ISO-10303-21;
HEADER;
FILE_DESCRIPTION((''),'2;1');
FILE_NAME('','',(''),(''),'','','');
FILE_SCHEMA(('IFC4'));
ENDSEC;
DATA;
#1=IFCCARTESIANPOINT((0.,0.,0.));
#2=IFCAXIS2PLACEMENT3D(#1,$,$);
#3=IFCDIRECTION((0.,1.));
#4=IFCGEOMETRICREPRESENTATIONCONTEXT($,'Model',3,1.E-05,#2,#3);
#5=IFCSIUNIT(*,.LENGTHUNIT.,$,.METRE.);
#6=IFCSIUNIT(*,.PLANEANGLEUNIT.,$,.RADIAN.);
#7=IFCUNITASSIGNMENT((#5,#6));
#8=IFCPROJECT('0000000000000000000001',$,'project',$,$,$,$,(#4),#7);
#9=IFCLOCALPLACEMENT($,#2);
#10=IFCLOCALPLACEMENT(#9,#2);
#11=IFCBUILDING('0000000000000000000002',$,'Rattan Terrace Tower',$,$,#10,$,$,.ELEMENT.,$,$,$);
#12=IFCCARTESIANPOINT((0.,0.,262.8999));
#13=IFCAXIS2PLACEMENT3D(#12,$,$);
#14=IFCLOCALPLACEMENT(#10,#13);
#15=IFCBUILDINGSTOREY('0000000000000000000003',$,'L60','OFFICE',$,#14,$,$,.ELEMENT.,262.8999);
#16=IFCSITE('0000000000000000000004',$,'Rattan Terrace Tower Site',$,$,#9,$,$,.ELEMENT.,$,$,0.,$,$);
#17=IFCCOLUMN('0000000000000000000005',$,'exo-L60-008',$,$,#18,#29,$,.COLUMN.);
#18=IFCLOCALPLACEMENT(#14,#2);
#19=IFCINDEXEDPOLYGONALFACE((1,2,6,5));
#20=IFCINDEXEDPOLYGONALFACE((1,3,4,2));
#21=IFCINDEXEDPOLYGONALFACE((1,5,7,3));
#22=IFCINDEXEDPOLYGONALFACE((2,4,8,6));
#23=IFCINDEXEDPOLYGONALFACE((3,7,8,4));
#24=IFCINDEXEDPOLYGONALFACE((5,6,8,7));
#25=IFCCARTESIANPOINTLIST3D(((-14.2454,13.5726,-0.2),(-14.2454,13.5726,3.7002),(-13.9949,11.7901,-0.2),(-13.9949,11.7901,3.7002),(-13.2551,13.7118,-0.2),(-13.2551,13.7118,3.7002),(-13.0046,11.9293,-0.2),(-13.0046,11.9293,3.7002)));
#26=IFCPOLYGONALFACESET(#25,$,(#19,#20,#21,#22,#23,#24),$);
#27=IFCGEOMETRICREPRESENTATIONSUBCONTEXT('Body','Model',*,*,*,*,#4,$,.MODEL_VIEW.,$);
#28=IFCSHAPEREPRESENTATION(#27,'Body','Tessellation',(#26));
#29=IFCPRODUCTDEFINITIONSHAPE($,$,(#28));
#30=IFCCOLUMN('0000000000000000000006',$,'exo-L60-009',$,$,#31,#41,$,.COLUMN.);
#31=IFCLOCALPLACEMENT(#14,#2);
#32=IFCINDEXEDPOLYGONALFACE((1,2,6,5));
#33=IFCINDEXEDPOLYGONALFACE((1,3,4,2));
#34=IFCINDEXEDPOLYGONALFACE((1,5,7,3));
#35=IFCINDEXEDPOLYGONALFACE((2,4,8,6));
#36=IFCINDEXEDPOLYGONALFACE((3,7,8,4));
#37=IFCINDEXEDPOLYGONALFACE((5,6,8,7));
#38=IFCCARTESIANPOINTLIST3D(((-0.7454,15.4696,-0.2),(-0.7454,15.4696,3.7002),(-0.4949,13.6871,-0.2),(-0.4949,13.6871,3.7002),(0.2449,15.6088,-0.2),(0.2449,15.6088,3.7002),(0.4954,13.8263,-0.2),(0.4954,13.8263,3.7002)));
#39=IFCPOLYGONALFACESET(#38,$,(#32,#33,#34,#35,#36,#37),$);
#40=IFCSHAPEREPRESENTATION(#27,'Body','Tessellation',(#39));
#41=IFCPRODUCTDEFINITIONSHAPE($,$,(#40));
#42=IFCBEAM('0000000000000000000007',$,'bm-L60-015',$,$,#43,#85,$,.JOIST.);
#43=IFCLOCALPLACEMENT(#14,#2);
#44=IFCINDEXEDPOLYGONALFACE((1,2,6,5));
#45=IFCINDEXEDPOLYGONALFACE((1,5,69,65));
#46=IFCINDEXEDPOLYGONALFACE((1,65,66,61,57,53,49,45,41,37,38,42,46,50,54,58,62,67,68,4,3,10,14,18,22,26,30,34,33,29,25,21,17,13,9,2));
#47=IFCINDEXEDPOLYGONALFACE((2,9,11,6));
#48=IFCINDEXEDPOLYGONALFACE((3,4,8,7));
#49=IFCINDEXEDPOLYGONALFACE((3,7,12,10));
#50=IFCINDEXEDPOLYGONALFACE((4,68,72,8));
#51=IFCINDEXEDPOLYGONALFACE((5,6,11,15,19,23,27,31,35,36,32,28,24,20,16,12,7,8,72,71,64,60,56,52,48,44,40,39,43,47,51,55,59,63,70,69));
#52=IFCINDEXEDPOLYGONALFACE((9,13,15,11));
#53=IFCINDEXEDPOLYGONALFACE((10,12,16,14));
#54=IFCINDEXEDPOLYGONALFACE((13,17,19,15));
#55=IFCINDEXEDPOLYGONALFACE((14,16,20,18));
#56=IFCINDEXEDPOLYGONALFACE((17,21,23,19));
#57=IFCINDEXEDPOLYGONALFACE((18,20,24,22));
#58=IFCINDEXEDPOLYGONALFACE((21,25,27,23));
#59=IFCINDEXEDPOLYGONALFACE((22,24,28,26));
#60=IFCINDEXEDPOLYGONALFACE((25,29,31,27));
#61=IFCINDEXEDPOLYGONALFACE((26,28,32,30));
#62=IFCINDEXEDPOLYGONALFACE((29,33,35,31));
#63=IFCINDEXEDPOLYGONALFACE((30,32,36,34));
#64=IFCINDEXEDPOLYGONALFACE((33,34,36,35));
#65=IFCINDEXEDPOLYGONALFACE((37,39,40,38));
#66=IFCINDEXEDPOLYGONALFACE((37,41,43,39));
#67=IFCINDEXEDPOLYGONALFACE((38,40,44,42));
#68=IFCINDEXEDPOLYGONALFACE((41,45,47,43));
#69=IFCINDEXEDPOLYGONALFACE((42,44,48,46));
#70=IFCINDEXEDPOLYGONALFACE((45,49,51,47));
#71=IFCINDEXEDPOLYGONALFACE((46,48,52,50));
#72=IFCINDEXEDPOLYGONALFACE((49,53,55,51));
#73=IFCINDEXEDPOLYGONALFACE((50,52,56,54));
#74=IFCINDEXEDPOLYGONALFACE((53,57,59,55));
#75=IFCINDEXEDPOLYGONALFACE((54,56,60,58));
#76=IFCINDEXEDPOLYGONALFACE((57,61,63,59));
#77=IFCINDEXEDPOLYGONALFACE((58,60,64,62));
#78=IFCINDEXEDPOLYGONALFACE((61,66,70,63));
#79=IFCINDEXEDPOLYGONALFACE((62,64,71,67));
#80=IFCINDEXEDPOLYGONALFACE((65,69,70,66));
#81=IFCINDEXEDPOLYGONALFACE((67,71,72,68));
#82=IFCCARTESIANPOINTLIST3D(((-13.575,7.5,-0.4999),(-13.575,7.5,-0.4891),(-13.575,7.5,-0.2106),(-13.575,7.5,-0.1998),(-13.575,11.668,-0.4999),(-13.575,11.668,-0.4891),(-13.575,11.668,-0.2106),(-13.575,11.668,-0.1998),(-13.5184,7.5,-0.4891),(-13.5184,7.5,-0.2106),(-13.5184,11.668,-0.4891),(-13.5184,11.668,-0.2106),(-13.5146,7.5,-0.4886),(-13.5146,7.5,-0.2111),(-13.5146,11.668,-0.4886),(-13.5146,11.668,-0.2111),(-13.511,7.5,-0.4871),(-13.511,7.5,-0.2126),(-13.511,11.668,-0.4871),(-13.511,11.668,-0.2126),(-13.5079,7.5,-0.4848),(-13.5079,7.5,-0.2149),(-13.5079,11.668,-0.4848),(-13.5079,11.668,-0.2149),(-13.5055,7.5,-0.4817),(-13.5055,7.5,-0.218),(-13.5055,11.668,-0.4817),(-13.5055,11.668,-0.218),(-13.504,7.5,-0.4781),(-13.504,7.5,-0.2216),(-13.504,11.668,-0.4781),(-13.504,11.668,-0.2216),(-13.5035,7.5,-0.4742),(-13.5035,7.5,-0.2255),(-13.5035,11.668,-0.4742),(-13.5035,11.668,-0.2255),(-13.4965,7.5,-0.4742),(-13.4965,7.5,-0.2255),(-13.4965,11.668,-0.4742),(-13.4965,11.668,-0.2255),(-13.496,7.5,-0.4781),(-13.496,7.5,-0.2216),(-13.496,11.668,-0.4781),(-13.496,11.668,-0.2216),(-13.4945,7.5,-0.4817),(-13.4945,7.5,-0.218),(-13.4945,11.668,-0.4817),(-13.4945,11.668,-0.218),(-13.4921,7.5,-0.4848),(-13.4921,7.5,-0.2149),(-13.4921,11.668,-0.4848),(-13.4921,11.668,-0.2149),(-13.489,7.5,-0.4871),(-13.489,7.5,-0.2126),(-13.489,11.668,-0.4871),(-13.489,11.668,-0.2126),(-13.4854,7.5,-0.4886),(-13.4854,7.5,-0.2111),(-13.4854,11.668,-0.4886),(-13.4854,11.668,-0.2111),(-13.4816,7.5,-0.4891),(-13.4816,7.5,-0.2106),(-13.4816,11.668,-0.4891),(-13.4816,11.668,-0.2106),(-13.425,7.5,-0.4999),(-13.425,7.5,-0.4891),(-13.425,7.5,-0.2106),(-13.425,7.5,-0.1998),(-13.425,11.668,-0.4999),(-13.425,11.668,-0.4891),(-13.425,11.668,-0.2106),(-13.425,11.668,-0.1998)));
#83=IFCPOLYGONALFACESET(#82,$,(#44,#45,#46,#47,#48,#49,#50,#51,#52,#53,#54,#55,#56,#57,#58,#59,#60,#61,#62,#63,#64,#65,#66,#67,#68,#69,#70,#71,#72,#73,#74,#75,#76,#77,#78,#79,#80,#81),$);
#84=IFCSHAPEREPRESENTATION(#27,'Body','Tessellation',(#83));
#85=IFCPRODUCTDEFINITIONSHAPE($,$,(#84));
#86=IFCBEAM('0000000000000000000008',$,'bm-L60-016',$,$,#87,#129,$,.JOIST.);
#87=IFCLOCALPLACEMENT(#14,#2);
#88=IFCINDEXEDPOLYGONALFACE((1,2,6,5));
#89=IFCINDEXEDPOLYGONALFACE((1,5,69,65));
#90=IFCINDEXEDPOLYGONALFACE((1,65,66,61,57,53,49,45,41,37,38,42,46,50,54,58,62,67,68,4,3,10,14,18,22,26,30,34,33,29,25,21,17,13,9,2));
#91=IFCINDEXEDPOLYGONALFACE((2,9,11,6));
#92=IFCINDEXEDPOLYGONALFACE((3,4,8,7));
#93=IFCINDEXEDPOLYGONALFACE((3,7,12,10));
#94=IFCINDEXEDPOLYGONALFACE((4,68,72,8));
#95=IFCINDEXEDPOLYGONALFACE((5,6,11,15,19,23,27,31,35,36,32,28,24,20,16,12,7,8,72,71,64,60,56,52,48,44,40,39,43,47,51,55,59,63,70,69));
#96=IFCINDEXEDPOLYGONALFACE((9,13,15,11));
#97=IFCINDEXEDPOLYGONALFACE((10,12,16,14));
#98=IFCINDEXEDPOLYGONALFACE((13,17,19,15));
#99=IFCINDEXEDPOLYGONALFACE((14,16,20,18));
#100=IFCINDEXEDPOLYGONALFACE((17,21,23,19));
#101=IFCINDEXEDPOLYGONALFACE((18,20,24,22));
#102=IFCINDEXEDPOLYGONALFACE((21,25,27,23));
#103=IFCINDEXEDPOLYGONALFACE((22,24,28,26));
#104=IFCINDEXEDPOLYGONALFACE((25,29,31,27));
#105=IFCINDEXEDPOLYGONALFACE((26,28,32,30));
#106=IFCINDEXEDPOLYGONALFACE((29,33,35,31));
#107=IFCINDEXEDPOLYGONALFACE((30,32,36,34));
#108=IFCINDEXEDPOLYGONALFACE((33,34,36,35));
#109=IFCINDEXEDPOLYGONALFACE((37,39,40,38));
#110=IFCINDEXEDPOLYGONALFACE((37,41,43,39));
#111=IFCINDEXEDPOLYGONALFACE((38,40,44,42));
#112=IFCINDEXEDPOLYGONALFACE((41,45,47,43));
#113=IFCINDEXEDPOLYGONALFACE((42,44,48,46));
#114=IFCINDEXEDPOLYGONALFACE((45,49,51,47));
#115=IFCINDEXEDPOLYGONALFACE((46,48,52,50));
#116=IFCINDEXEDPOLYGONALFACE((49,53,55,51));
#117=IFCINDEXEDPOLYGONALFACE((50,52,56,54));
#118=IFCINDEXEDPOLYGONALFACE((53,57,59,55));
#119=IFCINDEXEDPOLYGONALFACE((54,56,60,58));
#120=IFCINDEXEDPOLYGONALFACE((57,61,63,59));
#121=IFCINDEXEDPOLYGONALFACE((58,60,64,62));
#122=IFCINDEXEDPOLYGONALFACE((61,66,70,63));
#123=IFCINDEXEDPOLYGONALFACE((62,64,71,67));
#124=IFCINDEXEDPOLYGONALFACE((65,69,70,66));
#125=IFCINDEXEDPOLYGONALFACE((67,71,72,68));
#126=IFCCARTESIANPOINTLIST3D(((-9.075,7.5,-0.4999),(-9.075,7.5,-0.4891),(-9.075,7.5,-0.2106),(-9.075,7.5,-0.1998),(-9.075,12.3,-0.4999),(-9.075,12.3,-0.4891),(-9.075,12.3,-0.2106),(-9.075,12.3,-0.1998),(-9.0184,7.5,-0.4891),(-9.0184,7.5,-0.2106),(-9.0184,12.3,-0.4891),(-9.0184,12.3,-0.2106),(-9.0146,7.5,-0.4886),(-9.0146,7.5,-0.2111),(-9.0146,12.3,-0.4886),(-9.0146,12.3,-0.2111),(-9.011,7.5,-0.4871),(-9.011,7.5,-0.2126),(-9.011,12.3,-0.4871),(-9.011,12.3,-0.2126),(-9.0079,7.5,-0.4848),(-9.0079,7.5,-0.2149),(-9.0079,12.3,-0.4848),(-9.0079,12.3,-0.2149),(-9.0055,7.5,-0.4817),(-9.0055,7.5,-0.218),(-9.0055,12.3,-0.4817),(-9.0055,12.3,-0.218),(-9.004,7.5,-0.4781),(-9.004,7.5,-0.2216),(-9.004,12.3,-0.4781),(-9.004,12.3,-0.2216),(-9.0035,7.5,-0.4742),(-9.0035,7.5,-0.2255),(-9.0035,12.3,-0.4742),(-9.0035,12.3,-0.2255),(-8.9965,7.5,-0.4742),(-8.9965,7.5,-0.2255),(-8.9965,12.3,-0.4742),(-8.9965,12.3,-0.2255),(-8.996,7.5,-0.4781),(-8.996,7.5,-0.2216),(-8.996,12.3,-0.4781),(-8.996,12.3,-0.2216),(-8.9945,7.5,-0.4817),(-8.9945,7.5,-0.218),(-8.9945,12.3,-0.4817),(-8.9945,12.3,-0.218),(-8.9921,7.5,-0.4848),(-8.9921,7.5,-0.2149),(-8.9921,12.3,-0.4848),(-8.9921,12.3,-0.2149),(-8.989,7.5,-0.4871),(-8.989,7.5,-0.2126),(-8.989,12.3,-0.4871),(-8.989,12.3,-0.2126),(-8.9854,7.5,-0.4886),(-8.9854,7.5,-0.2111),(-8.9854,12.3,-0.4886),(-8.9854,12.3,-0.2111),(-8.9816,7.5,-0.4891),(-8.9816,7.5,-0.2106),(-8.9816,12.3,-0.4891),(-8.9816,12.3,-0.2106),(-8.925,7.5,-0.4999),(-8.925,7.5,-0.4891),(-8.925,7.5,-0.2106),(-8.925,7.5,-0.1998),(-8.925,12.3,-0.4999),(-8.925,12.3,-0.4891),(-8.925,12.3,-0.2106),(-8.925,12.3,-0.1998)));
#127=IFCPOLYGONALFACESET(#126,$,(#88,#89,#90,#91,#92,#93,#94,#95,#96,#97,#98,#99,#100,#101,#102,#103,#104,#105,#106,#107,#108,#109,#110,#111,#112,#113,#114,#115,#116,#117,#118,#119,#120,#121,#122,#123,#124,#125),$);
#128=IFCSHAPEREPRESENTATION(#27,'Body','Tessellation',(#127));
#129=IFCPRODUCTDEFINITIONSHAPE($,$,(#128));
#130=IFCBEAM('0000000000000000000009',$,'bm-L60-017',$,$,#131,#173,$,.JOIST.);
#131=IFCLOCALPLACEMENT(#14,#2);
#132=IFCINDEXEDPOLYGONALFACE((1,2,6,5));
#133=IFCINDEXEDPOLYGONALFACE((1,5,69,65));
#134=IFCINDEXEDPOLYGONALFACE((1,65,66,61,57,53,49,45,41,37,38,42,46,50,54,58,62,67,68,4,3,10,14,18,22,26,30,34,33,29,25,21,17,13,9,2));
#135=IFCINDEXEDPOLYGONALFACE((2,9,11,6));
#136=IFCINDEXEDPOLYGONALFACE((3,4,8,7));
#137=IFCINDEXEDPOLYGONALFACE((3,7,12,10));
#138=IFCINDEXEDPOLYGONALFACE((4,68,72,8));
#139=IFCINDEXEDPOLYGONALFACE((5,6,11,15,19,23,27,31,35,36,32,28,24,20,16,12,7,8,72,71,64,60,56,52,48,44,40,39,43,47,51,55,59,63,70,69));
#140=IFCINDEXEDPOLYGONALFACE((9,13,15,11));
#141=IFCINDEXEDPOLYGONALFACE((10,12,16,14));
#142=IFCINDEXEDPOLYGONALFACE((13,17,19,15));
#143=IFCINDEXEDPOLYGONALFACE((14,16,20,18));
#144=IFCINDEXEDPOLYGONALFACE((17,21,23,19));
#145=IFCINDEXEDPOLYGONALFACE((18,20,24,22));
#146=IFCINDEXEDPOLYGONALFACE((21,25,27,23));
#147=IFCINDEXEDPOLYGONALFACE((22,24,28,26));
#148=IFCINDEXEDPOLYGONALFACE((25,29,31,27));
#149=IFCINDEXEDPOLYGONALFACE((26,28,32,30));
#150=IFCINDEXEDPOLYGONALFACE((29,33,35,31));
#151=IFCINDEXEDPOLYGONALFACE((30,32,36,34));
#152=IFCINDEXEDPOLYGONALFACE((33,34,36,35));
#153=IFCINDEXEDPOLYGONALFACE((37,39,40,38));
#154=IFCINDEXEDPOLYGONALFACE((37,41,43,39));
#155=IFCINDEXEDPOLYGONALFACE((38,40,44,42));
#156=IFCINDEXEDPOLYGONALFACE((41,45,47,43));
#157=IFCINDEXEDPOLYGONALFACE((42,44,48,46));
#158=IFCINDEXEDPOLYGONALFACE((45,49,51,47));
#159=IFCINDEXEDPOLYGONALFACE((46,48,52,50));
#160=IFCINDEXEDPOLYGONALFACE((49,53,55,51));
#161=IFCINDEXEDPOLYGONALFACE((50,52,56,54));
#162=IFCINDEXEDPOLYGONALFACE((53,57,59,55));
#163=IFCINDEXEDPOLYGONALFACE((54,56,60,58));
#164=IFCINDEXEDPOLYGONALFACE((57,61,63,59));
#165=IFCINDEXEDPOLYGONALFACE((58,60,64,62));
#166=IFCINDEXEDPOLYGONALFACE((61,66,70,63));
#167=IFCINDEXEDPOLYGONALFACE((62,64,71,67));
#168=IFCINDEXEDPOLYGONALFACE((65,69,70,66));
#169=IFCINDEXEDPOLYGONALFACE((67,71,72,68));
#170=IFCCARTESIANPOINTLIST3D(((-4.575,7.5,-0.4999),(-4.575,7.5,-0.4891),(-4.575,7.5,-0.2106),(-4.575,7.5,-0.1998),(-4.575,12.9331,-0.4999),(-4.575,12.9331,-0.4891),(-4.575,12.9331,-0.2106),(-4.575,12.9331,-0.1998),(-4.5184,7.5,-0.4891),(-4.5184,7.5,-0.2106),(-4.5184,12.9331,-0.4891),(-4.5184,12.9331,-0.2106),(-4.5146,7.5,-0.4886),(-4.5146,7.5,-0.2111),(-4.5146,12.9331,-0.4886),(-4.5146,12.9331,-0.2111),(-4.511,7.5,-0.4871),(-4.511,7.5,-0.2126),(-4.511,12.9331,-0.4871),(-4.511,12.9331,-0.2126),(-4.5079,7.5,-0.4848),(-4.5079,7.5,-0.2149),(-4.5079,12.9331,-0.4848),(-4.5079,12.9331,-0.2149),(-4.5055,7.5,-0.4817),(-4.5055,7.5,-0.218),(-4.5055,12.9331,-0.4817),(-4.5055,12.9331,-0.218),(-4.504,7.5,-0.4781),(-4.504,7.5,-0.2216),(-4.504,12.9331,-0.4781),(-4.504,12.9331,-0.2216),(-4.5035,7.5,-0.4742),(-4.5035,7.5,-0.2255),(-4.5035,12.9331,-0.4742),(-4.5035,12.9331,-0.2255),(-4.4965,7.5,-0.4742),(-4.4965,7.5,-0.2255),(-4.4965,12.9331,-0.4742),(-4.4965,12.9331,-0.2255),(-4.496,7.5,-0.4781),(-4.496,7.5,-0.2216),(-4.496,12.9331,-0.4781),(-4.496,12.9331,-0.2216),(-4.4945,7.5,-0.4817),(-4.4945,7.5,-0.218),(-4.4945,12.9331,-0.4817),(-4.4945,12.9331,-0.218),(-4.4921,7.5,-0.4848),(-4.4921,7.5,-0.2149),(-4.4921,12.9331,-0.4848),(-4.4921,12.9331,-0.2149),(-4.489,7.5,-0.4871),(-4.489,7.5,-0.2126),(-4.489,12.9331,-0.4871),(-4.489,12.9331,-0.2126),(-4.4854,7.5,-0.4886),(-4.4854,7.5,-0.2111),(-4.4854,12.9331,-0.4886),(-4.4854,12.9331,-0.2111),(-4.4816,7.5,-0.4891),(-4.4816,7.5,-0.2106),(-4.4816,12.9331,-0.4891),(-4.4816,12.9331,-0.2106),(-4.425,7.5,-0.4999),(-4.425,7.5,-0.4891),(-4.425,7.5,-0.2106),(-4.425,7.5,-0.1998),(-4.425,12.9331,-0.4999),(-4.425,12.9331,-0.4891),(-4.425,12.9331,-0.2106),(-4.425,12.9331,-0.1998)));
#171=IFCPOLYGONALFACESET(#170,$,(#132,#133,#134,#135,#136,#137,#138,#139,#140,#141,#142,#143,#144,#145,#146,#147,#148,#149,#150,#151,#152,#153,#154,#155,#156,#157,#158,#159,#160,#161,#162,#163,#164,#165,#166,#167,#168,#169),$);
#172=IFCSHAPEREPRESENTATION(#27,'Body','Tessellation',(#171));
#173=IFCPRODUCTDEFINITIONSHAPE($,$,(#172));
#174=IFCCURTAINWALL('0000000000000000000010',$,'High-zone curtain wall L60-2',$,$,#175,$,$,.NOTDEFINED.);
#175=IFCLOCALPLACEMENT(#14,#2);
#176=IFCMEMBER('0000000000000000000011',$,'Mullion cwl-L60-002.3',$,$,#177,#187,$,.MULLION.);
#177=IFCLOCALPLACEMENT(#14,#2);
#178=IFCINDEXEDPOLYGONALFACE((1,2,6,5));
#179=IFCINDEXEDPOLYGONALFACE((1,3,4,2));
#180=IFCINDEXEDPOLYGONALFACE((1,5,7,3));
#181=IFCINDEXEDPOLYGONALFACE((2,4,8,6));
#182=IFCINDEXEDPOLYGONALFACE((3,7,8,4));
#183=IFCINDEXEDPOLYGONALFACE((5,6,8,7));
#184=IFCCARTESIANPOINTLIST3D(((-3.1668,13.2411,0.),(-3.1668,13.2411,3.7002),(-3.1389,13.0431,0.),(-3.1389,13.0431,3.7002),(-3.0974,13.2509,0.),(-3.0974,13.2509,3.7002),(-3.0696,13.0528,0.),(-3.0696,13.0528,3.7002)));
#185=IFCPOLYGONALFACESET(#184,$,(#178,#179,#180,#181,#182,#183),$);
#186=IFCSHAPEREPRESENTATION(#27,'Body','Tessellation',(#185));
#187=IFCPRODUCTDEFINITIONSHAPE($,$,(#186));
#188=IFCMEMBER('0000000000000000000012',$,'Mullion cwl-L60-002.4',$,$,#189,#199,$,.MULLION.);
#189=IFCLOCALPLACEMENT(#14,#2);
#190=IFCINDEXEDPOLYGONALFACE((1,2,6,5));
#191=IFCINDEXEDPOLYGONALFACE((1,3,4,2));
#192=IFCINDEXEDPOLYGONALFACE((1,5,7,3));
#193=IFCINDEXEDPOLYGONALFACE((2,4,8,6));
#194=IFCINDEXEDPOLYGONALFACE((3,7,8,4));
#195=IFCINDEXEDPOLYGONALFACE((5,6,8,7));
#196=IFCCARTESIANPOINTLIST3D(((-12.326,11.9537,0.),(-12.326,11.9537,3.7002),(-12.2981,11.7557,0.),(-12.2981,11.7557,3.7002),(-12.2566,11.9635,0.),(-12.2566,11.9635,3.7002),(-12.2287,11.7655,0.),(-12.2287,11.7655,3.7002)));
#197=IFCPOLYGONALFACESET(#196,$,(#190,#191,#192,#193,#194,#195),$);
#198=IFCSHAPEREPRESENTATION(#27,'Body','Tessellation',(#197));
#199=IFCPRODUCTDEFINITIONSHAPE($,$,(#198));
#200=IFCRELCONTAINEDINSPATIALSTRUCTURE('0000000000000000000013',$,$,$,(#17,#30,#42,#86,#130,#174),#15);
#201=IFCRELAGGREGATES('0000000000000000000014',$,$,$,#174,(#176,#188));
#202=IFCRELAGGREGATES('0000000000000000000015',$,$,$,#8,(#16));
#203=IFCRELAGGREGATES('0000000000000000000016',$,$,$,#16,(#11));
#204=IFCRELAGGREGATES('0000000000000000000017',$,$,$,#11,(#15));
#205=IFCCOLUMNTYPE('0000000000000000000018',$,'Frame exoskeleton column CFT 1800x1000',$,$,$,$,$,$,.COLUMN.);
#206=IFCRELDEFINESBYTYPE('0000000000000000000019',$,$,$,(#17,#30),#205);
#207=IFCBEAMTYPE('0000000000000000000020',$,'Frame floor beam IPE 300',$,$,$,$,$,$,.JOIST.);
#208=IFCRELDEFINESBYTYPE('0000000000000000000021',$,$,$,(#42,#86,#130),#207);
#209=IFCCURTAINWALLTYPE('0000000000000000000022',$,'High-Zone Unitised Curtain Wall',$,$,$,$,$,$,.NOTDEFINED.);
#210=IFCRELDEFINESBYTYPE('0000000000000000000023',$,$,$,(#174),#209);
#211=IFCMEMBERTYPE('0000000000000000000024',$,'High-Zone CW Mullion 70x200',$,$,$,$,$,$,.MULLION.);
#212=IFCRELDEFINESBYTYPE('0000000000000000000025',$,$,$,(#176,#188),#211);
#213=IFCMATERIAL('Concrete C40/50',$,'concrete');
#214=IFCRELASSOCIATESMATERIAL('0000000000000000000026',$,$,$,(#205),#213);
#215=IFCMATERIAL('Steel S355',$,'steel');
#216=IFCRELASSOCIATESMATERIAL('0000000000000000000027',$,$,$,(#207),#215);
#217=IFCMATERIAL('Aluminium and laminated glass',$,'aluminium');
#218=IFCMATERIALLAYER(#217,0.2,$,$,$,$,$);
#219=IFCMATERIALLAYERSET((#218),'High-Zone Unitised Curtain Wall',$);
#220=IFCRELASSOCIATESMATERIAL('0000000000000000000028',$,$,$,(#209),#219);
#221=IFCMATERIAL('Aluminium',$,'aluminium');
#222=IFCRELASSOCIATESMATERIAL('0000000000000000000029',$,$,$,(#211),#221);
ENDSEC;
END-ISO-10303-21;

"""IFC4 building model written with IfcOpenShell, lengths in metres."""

from ifc_helpers import new_model, si_unit, direction, frame, origin, origin_2d, place, context, subcontext, project, spatial, rectangle, i_section, extrude, material, layer, layer_set, material_profile, profile_set, type_object, element, aggregate, save


model = new_model("IFC4")

# Units and contexts
model_context = context("Model", 3, precision=1e-05, world=origin(), true_north=direction((0.0, 1.0)))
body_context = subcontext(model_context, "Body", "Model", "MODEL_VIEW")
ifc_project = project(units=[si_unit("LENGTHUNIT", "METRE"), si_unit("PLANEANGLEUNIT", "RADIAN")], contexts=[model_context])

# Site, building, storey
site_placement = place(None, origin())
site = spatial("IfcSite", under=ifc_project, at=site_placement, Name="Rattan Terrace Tower Site", CompositionType="ELEMENT", RefElevation=0.0)
building_placement = place(site_placement, origin())
building = spatial("IfcBuilding", under=site, at=building_placement, Name="Rattan Terrace Tower", CompositionType="ELEMENT")
storey_placement = place(building_placement, frame((0.0, 0.0, 262.8999)))
storey = spatial("IfcBuildingStorey", under=building, at=storey_placement, Name="L60", Description="OFFICE", CompositionType="ELEMENT", Elevation=262.8999)

# Columns
ifc_material_1 = material(Name="Concrete C40/50", Category="concrete")
ifc_material_profile_1 = material_profile(ifc_material_1, rectangle(XDim=1.0, YDim=1.8, at=origin_2d()), Name="CFT 1800x1000")
ifc_profile_set_1 = profile_set([ifc_material_profile_1], Name="Concrete C40/50")
column_type = type_object("IfcColumnType", Name="Frame exoskeleton column CFT 1800x1000", PredefinedType="COLUMN", material=ifc_profile_set_1)
for number, where, z_axis, x_axis, name in (
    (1, (-13.625, 12.751, -0.2), (0.0, 0.0, 1.0), (0.990266, 0.13919, 0.0), "exo-L60-008"),
    (2, (-0.125, 14.6479, -0.2), (0.0, 0.0, 1.0), (0.990266, 0.13919, 0.0), "exo-L60-009"),
):
    element("IfcColumn", number, at=place(storey_placement, frame(where, z_axis=z_axis, x_axis=x_axis)), inside=storey, type_object=column_type, Name=name, PredefinedType="COLUMN", context=body_context, shape_type="SweptSolid", body=[
        extrude(rectangle(XDim=1.0, YDim=1.8, at=origin_2d()), origin(), (0.0, 0.0, 1.0), 3.9001),
    ])

# Beams
ifc_material_2 = material(Name="Steel S355", Category="steel")
ifc_material_profile_2 = material_profile(ifc_material_2, i_section(OverallWidth=0.1499, OverallDepth=0.3, WebThickness=0.0071, FlangeThickness=0.0107, FilletRadius=0.0149, at=origin_2d()), Name="IPE 300")
ifc_profile_set_2 = profile_set([ifc_material_profile_2], Name="Steel S355")
beam_type = type_object("IfcBeamType", Name="Frame floor beam IPE 300", PredefinedType="JOIST", material=ifc_profile_set_2)
beam_1_placement = place(storey_placement, frame((-13.5, 7.5, -0.3499), z_axis=(0.0, 1.0, 0.0), x_axis=(-1.0, 0.0, 0.0)))
element("IfcBeam", 3, at=beam_1_placement, inside=storey, type_object=beam_type, Name="bm-L60-015", PredefinedType="JOIST", context=body_context, shape_type="SweptSolid", body=[
    extrude(i_section(OverallWidth=0.1499, OverallDepth=0.3, WebThickness=0.0071, FlangeThickness=0.0107, FilletRadius=0.0149, at=origin_2d()), origin(), (0.0, 0.0, 1.0), 4.168),
])
beam_2_placement = place(storey_placement, frame((-9.0, 7.5, -0.3499), z_axis=(0.0, 1.0, 0.0), x_axis=(-1.0, 0.0, 0.0)))
element("IfcBeam", 4, at=beam_2_placement, inside=storey, type_object=beam_type, Name="bm-L60-016", PredefinedType="JOIST", context=body_context, shape_type="SweptSolid", body=[
    extrude(i_section(OverallWidth=0.1499, OverallDepth=0.3, WebThickness=0.0071, FlangeThickness=0.0107, FilletRadius=0.0149, at=origin_2d()), origin(), (0.0, 0.0, 1.0), 4.8),
])
beam_3_placement = place(storey_placement, frame((-4.5, 7.5, -0.3499), z_axis=(0.0, 1.0, 0.0), x_axis=(-1.0, 0.0, 0.0)))
element("IfcBeam", 5, at=beam_3_placement, inside=storey, type_object=beam_type, Name="bm-L60-017", PredefinedType="JOIST", context=body_context, shape_type="SweptSolid", body=[
    extrude(i_section(OverallWidth=0.1499, OverallDepth=0.3, WebThickness=0.0071, FlangeThickness=0.0107, FilletRadius=0.0149, at=origin_2d()), origin(), (0.0, 0.0, 1.0), 5.4331),
])

# Curtain wall, members
ifc_material_3 = material(Name="Aluminium and laminated glass", Category="aluminium")
ifc_layer_1 = layer(ifc_material_3, 0.2)
ifc_layer_set_1 = layer_set([ifc_layer_1], Name="High-Zone Unitised Curtain Wall")
curtain_wall_type = type_object("IfcCurtainWallType", Name="High-Zone Unitised Curtain Wall", PredefinedType="NOTDEFINED", material=ifc_layer_set_1)
curtain_wall_placement = place(storey_placement, origin())
curtain_wall = element("IfcCurtainWall", 6, at=curtain_wall_placement, inside=storey, type_object=curtain_wall_type, Name="High-zone curtain wall L60-2", PredefinedType="NOTDEFINED")
ifc_material_4 = material(Name="Aluminium", Category="aluminium")
ifc_material_profile_3 = material_profile(ifc_material_4, rectangle(XDim=0.0701, YDim=0.2, at=origin_2d()), Name="Aluminium 70x200")
ifc_profile_set_3 = profile_set([ifc_material_profile_3], Name="Aluminium")
member_type_1 = type_object("IfcMemberType", Name="High-Zone CW Mullion 70x200", PredefinedType="MULLION", material=ifc_profile_set_3)
member_1_placement = place(storey_placement, frame((-3.1182, 13.147, 0.0), z_axis=(0.0, 0.0, 1.0), x_axis=(-0.990266, -0.139189, 0.0)))
member_1 = element("IfcMember", 7, at=member_1_placement, type_object=member_type_1, Name="Mullion cwl-L60-002.3", PredefinedType="MULLION", context=body_context, shape_type="SweptSolid", body=[
    extrude(rectangle(XDim=0.0701, YDim=0.2, at=origin_2d()), origin(), (0.0, 0.0, 1.0), 3.7002),
])
member_2_placement = place(storey_placement, frame((-12.2773, 11.8596, 0.0), z_axis=(0.0, 0.0, 1.0), x_axis=(-0.990266, -0.139189, 0.0)))
member_2 = element("IfcMember", 8, at=member_2_placement, type_object=member_type_1, Name="Mullion cwl-L60-002.4", PredefinedType="MULLION", context=body_context, shape_type="SweptSolid", body=[
    extrude(rectangle(XDim=0.0701, YDim=0.2, at=origin_2d()), origin(), (0.0, 0.0, 1.0), 3.7002),
])
aggregate(curtain_wall, [member_1, member_2])

save(model, "model.ifc")
